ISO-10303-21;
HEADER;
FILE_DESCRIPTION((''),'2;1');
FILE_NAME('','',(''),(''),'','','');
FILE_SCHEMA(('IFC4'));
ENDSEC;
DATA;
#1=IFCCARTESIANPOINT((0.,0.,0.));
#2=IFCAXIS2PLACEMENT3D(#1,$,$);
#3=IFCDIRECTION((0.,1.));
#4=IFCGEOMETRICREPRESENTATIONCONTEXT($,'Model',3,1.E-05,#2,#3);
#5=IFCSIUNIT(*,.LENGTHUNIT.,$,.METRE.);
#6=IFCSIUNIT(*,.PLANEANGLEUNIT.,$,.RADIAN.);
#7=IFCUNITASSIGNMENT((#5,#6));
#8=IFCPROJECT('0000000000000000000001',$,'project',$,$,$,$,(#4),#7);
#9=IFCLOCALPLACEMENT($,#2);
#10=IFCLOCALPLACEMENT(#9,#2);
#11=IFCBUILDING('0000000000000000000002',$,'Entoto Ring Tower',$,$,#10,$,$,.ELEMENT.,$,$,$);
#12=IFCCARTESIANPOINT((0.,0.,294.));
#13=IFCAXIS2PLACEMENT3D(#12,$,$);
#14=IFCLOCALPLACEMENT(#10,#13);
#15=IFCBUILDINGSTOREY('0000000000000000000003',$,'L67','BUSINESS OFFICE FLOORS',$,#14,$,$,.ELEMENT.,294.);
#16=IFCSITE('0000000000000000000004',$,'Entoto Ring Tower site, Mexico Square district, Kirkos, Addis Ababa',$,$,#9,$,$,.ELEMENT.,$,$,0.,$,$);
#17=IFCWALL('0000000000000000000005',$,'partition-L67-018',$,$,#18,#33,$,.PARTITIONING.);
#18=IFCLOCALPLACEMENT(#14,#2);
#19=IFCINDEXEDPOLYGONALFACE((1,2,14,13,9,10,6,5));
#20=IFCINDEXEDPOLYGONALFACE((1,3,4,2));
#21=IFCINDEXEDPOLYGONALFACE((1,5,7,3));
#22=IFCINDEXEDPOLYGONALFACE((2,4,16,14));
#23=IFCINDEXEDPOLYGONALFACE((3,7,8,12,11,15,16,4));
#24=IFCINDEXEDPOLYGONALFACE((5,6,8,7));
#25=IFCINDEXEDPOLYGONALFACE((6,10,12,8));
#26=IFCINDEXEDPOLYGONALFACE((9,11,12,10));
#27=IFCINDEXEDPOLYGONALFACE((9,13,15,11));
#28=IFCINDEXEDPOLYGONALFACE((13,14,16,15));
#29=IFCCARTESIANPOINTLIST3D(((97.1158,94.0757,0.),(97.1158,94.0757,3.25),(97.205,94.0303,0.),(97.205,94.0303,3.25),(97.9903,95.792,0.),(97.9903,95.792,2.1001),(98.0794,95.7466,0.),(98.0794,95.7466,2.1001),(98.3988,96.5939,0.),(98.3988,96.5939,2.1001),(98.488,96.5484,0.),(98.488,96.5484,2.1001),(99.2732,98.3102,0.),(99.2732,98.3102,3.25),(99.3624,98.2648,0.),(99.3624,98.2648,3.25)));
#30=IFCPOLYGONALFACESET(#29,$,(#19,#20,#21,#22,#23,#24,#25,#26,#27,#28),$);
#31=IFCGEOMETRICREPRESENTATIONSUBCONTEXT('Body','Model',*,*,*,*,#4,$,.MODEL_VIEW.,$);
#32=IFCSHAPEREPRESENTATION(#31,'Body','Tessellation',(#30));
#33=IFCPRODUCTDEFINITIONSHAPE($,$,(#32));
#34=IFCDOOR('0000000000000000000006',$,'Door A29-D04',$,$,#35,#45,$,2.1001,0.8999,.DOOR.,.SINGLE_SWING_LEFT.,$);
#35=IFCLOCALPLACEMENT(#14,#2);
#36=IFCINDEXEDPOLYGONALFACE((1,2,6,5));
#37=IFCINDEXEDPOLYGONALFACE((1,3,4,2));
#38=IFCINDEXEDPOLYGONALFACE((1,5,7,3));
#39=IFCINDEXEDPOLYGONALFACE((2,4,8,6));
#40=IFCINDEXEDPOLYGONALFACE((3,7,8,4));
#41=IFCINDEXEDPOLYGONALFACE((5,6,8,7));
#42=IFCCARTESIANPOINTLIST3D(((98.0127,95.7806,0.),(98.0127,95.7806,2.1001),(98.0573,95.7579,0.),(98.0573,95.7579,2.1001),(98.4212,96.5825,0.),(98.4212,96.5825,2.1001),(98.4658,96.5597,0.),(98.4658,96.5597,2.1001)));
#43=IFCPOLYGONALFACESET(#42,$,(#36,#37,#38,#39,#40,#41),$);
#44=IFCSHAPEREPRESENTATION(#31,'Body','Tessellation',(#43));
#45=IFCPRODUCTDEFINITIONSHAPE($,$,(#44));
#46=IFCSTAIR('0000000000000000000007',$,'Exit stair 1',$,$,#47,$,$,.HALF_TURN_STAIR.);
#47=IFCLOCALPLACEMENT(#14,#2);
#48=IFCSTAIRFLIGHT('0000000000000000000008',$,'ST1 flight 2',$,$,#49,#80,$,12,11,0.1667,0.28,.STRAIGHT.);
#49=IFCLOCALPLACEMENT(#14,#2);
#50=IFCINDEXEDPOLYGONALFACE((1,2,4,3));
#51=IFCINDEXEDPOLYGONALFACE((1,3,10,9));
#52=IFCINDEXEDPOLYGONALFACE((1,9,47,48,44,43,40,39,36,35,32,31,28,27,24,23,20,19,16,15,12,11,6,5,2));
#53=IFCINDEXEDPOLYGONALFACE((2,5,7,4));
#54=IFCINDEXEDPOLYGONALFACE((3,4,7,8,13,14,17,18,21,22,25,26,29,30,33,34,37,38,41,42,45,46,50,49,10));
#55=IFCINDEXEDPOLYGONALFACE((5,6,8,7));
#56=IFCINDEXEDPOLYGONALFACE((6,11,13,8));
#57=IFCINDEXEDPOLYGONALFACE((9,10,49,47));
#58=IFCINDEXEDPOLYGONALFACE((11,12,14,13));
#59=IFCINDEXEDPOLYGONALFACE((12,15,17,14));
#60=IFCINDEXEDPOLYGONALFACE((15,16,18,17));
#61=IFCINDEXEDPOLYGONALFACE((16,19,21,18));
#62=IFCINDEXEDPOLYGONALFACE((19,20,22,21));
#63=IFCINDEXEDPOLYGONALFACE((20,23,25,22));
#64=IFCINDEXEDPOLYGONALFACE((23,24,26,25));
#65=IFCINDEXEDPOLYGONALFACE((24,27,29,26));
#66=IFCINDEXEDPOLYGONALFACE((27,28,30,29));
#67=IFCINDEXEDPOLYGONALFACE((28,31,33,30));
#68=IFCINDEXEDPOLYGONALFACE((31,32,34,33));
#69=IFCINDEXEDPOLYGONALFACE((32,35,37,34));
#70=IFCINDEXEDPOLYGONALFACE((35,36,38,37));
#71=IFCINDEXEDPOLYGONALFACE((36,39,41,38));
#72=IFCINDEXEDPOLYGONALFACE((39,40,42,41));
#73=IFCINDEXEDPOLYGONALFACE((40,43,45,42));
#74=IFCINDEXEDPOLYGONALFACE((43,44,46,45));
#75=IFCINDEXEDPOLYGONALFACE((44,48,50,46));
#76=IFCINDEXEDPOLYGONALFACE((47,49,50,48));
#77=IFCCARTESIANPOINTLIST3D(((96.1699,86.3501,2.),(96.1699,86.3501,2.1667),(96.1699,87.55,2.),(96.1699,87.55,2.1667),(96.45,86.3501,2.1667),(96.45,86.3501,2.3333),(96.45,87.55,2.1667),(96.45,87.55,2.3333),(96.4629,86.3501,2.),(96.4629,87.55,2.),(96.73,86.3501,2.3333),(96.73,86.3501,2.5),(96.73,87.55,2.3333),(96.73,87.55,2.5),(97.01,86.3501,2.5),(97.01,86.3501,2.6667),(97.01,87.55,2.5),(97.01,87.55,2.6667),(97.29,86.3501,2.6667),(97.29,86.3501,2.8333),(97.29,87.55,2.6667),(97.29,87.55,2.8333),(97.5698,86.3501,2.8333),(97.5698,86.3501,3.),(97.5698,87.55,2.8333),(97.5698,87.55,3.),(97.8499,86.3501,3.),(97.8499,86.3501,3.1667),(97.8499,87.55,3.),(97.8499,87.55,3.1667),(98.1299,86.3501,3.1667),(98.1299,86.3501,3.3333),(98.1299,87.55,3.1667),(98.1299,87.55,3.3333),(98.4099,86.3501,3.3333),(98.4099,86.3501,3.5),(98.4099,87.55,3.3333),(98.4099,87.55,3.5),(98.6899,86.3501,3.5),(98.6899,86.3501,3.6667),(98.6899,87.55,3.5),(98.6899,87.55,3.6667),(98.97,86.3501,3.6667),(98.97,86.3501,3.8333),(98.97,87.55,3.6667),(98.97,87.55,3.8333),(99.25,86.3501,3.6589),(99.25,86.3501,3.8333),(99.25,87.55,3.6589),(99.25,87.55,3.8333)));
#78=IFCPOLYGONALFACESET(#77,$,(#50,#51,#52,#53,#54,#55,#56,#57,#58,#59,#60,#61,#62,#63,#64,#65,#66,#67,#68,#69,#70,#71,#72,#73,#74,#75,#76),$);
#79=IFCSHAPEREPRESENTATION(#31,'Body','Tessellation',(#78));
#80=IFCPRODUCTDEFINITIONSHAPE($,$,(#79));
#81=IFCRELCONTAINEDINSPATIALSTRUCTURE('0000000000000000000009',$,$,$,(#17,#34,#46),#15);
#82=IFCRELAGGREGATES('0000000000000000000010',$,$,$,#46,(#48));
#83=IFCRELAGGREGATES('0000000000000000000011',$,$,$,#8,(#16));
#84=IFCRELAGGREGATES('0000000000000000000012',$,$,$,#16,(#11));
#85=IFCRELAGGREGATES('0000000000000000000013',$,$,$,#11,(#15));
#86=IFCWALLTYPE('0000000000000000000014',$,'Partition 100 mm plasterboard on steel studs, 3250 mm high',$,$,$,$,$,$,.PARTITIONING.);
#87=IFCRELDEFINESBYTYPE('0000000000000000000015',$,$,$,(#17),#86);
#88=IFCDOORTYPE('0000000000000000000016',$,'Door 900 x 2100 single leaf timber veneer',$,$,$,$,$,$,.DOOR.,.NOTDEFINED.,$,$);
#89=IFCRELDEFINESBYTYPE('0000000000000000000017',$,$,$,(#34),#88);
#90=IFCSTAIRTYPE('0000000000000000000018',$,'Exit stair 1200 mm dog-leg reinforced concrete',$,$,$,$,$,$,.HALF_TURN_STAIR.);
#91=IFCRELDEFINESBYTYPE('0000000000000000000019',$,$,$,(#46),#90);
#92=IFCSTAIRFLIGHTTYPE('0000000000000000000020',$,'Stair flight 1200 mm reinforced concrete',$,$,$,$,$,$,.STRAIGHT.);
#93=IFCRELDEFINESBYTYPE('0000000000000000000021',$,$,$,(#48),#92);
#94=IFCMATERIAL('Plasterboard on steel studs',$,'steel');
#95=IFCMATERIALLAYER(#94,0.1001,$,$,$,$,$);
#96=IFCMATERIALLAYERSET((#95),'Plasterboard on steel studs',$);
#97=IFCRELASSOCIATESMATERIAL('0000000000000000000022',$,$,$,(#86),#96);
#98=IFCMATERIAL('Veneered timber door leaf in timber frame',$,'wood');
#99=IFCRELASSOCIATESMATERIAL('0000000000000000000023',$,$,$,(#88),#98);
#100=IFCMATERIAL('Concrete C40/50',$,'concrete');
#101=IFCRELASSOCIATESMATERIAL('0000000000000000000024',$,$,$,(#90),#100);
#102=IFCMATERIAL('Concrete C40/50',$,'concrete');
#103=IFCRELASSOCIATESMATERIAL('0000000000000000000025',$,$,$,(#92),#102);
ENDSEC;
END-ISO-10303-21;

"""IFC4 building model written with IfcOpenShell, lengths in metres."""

from ifc_helpers import new_model, si_unit, direction, frame, frame_2d, origin, place, context, subcontext, project, spatial, polyline, rectangle, outline, extrude, material, layer, layer_set, type_object, element, fill, aggregate, save


model = new_model("IFC4")

# Units and contexts
model_context = context("Model", 3, precision=1e-05, world=origin(), true_north=direction((0.0, 1.0)))
body_context = subcontext(model_context, "Body", "Model", "MODEL_VIEW")
ifc_project = project(units=[si_unit("LENGTHUNIT", "METRE"), si_unit("PLANEANGLEUNIT", "RADIAN")], contexts=[model_context])

# Site, building, storey
site_placement = place(None, origin())
site = spatial("IfcSite", under=ifc_project, at=site_placement, Name="Entoto Ring Tower site, Mexico Square district, Kirkos, Addis Ababa", CompositionType="ELEMENT", RefElevation=0.0)
building_placement = place(site_placement, origin())
building = spatial("IfcBuilding", under=site, at=building_placement, Name="Entoto Ring Tower", CompositionType="ELEMENT")
storey_placement = place(building_placement, frame((0.0, 0.0, 294.0)))
storey = spatial("IfcBuildingStorey", under=building, at=storey_placement, Name="L67", Description="BUSINESS OFFICE FLOORS", CompositionType="ELEMENT", Elevation=294.0)

# Wall, opening, door
ifc_material_1 = material(Name="Plasterboard on steel studs", Category="steel")
ifc_layer_1 = layer(ifc_material_1, 0.1001)
ifc_layer_set_1 = layer_set([ifc_layer_1], Name="Plasterboard on steel studs")
wall_type_1 = type_object("IfcWallType", Name="Partition 100 mm plasterboard on steel studs, 3250 mm high", PredefinedType="PARTITIONING", material=ifc_layer_set_1)
wall_1_placement = place(storey_placement, frame((97.1604, 94.053, 0.0), z_axis=(0.0, 0.0, 1.0), x_axis=(0.453961, 0.891021, 0.0)))
wall_1 = element("IfcWall", 1, at=wall_1_placement, inside=storey, type_object=wall_type_1, Name="partition-L67-018", PredefinedType="PARTITIONING", context=body_context, shape_type="SweptSolid", body=[
    extrude(rectangle(XDim=4.7524, YDim=0.1001, at=frame_2d((2.3762, 0.0))), origin(), (0.0, 0.0, 1.0), 3.25),
])
opening_1_placement = place(wall_1_placement, frame((1.9263, 0.0, 0.0)))
opening_1 = element("IfcOpeningElement", 2, at=opening_1_placement, cuts=wall_1, PredefinedType="OPENING", context=body_context, shape_type="SweptSolid", body=[
    extrude(rectangle(XDim=0.8999, YDim=2.1001, at=frame_2d((0.45, 1.05))), frame((0.0, 0.0601, 0.0), z_axis=(0.0, -1.0, 0.0), x_axis=(1.0, 0.0, 0.0)), (0.0, 0.0, 1.0), 0.1201),
])
ifc_material_2 = material(Name="Veneered timber door leaf in timber frame", Category="wood")
door_type_1 = type_object("IfcDoorType", Name="Door 900 x 2100 single leaf timber veneer", OperationType="NOTDEFINED", PredefinedType="DOOR", material=ifc_material_2)
door_1_placement = place(opening_1_placement, origin())
door_1 = element("IfcDoor", 3, at=door_1_placement, inside=storey, type_object=door_type_1, Name="Door A29-D04", OperationType="SINGLE_SWING_LEFT", OverallHeight=2.1001, OverallWidth=0.8999, PredefinedType="DOOR", context=body_context, shape_type="SweptSolid", body=[
    extrude(rectangle(XDim=0.8999, YDim=2.1001, at=frame_2d((0.45, 1.05))), frame((0.0, 0.0249, 0.0), z_axis=(0.0, -1.0, 0.0), x_axis=(1.0, 0.0, 0.0)), (0.0, 0.0, 1.0), 0.05),
])
fill(opening_1, door_1)

# Stair, stair flight
ifc_material_3 = material(Name="Concrete C40/50", Category="concrete")
stair_type = type_object("IfcStairType", Name="Exit stair 1200 mm dog-leg reinforced concrete", PredefinedType="HALF_TURN_STAIR", material=ifc_material_3)
stair_placement = place(storey_placement, origin())
stair = element("IfcStair", 4, at=stair_placement, inside=storey, type_object=stair_type, Name="Exit stair 1", PredefinedType="HALF_TURN_STAIR")
ifc_material_4 = material(Name="Concrete C40/50", Category="concrete")
stair_flight_type = type_object("IfcStairFlightType", Name="Stair flight 1200 mm reinforced concrete", PredefinedType="STRAIGHT", material=ifc_material_4)
stair_flight_placement = place(storey_placement, frame((96.1699, 86.95, 2.0), z_axis=(0.0, 0.0, 1.0), x_axis=(1.0, 0.0, 0.0)))
stair_flight = element("IfcStairFlight", 5, at=stair_flight_placement, type_object=stair_flight_type, Name="ST1 flight 2", NumberOfRisers=12, NumberOfTreads=11, PredefinedType="STRAIGHT", RiserHeight=0.1667, TreadLength=0.28, context=body_context, shape_type="SweptSolid", body=[
    extrude(outline(polyline([(0.0, 0.0), (0.0, 0.1667), (0.28, 0.1667), (0.28, 0.3333), (0.5601, 0.3333), (0.5601, 0.5), (0.8401, 0.5), (0.8401, 0.6667), (1.1201, 0.6667), (1.1201, 0.8333), (1.3999, 0.8333), (1.3999, 1.0), (1.6799, 1.0), (1.6799, 1.1667), (1.96, 1.1667), (1.96, 1.3333), (2.24, 1.3333), (2.24, 1.5), (2.52, 1.5), (2.52, 1.6667), (2.8, 1.6667), (2.8, 1.8333), (3.0801, 1.8333), (3.0801, 2.0), (3.0801, 1.6589), (0.293, 0.0), (0.0, 0.0)])), frame((0.0, 0.6001, 0.0), z_axis=(0.0, -1.0, 0.0), x_axis=(1.0, 0.0, 0.0)), (0.0, 0.0, 1.0), 1.2),
])
aggregate(stair, [stair_flight])

save(model, "model.ifc")
